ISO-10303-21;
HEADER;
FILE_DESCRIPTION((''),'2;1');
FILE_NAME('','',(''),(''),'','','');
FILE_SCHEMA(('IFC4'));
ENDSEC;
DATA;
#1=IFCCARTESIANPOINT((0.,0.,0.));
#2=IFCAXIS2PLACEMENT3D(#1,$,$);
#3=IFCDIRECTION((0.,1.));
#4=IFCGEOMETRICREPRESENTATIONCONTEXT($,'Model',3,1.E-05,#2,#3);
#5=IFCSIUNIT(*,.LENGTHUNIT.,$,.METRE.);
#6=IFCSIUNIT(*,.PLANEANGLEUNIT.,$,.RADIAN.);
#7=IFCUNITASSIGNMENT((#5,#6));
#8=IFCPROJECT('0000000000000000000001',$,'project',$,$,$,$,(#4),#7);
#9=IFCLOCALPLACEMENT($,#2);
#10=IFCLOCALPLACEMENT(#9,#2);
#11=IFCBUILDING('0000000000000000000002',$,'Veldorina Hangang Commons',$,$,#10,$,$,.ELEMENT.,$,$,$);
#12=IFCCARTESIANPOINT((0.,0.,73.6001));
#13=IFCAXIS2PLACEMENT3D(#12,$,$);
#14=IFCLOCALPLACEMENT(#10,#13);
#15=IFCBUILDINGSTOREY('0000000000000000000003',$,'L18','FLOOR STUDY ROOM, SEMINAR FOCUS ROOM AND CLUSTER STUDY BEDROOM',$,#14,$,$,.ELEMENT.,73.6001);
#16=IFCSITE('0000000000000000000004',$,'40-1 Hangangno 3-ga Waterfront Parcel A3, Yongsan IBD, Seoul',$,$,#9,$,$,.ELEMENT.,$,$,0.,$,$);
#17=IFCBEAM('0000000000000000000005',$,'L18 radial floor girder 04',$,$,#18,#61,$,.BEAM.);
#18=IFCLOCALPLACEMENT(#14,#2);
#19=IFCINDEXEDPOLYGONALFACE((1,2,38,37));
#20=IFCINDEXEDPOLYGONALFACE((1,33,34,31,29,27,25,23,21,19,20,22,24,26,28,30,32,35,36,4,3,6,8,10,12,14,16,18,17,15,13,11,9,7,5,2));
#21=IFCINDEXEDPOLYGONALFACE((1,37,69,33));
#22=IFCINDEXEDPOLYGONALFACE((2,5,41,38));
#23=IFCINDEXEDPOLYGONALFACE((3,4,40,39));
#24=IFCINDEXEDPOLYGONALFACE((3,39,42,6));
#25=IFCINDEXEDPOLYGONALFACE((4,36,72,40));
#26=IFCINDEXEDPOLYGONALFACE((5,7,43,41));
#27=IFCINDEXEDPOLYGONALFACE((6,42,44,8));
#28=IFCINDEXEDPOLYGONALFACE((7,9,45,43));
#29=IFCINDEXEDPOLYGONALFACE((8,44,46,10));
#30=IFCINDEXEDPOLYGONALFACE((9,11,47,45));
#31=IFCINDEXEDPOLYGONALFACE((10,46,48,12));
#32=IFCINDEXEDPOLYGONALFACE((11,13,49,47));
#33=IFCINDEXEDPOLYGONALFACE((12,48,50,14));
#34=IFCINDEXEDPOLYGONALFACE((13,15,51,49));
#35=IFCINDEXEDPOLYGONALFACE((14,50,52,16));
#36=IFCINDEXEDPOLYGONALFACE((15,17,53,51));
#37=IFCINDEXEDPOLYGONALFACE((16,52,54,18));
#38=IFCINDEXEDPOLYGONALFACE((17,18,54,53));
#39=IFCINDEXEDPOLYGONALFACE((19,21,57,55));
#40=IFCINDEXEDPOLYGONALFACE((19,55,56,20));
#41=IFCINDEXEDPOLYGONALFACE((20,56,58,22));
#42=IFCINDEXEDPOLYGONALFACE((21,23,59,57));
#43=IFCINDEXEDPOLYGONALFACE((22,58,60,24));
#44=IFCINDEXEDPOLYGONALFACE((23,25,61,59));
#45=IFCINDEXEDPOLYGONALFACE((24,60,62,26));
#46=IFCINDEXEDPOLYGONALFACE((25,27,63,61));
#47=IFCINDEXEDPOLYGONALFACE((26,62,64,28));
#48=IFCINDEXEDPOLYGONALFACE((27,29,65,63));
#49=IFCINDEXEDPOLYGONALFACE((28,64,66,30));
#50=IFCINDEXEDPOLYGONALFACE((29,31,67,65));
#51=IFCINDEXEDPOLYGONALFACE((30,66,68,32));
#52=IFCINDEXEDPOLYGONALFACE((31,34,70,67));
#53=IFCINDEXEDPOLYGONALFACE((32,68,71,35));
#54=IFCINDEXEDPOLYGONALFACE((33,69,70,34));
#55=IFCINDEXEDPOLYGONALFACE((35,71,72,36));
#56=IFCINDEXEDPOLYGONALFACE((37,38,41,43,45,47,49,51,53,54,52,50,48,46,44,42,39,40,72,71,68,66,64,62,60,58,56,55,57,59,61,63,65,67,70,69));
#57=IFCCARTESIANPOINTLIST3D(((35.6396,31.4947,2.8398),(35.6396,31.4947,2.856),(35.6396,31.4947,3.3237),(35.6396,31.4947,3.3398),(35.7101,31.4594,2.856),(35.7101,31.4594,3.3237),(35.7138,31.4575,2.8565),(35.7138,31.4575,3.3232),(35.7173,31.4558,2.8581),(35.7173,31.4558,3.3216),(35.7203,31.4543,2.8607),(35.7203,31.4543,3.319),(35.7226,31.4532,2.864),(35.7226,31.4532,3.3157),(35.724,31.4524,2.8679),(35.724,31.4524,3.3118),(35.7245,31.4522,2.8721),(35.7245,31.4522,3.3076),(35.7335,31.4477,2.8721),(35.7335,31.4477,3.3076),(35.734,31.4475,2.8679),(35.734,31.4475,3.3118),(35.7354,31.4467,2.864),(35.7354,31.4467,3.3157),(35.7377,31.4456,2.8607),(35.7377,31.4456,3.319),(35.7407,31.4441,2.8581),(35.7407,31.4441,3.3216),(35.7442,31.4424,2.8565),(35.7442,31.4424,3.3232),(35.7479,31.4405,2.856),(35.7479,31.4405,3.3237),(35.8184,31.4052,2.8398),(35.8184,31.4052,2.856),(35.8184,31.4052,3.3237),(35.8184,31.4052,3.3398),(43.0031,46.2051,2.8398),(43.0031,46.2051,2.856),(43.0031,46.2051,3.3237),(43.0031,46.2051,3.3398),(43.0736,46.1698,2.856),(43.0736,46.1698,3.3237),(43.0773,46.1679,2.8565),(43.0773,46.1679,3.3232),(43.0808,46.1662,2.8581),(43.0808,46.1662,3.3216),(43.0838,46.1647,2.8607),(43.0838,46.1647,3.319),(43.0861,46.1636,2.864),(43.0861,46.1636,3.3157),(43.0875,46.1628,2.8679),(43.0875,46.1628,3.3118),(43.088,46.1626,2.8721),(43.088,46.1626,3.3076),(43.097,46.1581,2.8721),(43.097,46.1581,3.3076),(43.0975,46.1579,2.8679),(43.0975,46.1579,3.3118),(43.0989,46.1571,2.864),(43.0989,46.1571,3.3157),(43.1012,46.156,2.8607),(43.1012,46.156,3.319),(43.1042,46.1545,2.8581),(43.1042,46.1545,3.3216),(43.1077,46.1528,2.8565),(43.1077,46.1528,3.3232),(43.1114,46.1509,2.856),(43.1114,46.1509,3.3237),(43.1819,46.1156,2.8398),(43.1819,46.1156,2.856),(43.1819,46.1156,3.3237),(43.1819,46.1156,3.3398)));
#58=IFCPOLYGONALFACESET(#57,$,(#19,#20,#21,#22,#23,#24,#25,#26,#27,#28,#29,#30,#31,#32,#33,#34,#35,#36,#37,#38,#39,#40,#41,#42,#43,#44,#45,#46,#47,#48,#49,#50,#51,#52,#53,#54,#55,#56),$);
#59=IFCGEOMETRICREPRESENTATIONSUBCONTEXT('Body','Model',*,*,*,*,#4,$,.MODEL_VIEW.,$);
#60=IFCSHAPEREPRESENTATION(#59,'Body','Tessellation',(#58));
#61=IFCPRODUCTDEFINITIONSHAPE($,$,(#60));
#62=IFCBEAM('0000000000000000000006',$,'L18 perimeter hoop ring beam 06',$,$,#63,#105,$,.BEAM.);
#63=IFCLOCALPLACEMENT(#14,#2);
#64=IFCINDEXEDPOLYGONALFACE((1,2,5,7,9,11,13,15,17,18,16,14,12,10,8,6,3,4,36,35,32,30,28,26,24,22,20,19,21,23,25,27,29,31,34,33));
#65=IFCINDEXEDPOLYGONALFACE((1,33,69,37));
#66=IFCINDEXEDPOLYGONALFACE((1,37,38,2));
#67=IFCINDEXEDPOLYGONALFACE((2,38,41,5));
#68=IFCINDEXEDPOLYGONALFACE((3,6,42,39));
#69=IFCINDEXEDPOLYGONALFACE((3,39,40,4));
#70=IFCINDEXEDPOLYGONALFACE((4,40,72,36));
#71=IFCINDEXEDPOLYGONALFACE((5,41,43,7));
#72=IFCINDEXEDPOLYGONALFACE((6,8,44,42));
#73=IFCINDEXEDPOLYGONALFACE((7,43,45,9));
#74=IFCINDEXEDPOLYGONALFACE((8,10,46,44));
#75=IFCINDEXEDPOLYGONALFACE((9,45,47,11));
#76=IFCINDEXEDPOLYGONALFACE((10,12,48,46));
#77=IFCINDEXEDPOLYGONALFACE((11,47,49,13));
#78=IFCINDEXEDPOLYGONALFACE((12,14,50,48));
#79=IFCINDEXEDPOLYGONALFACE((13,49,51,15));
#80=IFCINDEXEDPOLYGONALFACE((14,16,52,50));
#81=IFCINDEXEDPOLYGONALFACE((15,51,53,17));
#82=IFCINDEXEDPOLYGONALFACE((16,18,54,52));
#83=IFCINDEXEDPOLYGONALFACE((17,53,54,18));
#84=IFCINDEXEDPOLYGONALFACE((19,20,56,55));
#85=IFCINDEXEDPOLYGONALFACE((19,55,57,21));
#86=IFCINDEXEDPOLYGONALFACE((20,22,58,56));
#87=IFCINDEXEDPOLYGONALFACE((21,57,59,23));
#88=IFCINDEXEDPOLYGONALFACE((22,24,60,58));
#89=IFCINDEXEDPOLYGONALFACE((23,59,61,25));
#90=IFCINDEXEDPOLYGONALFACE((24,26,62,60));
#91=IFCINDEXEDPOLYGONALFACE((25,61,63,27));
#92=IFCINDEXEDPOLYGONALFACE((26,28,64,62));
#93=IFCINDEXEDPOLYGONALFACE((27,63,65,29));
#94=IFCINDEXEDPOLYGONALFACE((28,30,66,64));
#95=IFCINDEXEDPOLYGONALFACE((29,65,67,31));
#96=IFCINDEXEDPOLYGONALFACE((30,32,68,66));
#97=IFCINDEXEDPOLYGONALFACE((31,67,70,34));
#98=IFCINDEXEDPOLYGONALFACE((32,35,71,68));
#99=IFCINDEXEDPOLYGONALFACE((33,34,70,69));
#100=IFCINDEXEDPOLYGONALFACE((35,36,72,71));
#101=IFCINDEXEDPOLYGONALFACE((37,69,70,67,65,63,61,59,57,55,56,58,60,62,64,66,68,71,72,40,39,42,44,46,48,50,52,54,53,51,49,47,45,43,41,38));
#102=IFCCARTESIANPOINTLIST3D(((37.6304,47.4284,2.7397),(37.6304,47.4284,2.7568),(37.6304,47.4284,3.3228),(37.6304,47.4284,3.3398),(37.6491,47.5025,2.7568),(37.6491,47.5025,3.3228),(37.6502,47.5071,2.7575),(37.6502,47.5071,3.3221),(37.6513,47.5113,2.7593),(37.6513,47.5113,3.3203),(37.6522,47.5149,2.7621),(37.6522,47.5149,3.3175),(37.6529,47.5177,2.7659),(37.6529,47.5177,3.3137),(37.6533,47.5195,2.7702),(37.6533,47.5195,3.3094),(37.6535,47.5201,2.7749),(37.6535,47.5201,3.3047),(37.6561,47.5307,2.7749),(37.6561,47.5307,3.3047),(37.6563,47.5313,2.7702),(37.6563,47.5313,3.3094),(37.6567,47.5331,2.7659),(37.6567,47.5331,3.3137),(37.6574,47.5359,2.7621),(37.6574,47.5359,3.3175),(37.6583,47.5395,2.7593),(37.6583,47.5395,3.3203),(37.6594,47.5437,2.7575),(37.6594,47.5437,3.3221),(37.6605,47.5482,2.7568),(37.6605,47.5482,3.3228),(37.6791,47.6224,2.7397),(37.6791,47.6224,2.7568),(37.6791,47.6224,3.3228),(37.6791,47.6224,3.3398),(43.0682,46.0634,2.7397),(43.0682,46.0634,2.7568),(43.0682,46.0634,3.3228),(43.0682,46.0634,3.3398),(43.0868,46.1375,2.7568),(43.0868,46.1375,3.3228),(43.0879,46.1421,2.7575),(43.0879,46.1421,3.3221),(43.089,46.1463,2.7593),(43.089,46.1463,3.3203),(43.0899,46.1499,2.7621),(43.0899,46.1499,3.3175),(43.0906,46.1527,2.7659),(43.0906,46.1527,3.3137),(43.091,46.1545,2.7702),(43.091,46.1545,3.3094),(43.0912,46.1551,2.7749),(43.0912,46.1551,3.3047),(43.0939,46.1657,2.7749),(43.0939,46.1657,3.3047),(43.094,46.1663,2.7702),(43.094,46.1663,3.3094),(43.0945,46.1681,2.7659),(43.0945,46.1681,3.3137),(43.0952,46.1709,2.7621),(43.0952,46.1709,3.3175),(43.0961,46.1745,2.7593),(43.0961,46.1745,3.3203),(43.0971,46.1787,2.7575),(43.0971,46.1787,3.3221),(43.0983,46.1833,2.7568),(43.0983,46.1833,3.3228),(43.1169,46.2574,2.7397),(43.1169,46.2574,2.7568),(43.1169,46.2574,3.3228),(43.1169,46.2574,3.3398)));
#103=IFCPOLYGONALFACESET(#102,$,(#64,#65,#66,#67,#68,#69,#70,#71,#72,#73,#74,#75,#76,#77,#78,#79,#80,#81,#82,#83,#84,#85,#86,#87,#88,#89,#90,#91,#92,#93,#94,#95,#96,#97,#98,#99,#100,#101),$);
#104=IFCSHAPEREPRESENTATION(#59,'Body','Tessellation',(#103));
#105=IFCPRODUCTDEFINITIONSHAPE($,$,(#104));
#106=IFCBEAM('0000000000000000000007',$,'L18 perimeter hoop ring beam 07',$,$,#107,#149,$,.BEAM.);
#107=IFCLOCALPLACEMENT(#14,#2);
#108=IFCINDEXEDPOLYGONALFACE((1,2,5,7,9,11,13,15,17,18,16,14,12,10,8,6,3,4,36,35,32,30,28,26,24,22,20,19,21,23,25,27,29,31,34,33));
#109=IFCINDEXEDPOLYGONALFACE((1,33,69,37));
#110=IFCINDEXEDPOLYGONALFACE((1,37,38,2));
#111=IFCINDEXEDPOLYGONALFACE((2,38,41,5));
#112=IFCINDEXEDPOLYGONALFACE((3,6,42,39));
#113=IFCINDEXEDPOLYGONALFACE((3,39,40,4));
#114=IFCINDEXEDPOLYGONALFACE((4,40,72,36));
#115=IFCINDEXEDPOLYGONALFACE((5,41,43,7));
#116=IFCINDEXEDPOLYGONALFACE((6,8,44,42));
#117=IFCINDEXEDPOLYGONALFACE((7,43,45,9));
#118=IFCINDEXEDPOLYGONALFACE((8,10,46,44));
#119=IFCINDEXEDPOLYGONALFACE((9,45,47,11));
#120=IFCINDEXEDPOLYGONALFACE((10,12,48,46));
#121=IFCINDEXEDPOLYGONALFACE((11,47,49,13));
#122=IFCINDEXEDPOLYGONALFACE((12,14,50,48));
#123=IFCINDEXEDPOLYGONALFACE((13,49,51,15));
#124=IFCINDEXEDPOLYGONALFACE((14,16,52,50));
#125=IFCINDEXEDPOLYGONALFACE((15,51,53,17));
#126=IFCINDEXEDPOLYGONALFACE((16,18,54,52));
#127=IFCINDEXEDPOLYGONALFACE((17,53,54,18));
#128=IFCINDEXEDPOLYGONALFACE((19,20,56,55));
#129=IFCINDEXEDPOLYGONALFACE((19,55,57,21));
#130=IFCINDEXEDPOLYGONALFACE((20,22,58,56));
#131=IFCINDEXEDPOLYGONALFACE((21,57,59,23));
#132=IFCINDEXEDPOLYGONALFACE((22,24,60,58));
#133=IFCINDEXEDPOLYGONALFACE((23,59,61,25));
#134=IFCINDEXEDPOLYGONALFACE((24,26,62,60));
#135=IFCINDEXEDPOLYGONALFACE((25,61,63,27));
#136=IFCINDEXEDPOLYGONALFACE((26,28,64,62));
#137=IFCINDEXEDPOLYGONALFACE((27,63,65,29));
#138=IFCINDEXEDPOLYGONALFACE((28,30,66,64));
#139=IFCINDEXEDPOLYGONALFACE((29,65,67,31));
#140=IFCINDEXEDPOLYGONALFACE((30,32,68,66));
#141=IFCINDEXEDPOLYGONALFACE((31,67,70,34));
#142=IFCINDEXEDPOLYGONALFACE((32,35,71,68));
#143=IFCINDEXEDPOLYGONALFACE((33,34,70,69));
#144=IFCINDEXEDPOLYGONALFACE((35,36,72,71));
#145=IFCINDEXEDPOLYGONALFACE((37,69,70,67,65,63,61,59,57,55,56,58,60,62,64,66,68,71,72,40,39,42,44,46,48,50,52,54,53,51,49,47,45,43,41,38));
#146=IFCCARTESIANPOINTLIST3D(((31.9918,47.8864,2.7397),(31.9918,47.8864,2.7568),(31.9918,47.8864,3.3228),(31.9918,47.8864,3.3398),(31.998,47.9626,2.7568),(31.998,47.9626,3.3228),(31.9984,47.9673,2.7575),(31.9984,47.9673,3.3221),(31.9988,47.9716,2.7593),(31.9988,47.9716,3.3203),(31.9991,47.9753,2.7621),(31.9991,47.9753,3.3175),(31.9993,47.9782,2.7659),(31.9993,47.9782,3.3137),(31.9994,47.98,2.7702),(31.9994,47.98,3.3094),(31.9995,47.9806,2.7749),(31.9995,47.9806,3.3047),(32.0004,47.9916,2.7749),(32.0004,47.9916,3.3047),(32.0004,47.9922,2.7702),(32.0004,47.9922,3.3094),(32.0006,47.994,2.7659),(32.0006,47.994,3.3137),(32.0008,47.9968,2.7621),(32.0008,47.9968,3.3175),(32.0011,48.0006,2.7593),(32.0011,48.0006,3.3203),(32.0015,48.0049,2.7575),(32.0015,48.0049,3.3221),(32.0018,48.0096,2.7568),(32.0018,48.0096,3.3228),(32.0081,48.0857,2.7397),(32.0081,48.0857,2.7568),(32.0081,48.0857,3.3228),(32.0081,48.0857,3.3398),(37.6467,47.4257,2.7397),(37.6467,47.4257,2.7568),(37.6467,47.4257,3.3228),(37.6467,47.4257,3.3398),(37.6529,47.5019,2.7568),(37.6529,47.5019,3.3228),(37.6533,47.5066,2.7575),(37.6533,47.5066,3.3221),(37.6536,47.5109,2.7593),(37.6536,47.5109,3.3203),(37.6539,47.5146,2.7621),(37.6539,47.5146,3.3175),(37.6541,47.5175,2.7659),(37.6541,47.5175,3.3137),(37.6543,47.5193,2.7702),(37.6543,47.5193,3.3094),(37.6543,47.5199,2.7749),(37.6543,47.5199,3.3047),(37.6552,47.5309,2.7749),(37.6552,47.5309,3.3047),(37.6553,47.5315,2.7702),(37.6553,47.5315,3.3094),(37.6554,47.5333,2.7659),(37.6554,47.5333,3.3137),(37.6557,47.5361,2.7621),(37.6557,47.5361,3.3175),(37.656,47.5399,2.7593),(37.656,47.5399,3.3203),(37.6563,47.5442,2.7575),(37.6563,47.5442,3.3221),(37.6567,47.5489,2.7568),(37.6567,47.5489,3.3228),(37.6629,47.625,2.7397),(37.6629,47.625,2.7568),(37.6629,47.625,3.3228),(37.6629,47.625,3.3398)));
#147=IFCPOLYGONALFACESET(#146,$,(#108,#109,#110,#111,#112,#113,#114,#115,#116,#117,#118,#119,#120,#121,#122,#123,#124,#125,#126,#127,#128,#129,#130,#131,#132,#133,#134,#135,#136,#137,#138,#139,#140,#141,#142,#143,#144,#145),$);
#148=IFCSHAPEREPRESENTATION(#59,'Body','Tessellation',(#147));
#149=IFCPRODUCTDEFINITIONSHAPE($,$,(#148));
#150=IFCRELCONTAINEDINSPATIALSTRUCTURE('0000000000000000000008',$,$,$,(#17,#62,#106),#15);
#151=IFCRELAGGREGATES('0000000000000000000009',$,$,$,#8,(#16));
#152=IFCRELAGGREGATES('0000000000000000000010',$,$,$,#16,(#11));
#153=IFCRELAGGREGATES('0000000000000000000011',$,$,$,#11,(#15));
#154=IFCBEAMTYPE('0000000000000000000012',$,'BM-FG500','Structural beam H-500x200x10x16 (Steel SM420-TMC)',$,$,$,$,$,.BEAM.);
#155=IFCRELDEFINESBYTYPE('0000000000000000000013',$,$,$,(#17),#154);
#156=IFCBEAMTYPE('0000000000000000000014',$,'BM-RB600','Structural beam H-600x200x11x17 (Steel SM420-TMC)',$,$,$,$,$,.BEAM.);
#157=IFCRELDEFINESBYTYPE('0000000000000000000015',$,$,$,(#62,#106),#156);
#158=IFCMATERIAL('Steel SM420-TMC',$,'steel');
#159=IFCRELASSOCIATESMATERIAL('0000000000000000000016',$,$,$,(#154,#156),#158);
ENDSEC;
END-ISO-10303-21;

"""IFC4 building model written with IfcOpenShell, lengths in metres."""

from ifc_helpers import new_model, si_unit, direction, frame, origin, origin_2d, place, context, subcontext, project, spatial, i_section, extrude, material, material_profile, profile_set, type_object, element, save


model = new_model("IFC4")

# Units and contexts
model_context = context("Model", 3, precision=1e-05, world=origin(), true_north=direction((0.0, 1.0)))
body_context = subcontext(model_context, "Body", "Model", "MODEL_VIEW")
ifc_project = project(units=[si_unit("LENGTHUNIT", "METRE"), si_unit("PLANEANGLEUNIT", "RADIAN")], contexts=[model_context])

# Site, building, storey
site_placement = place(None, origin())
site = spatial("IfcSite", under=ifc_project, at=site_placement, Name="40-1 Hangangno 3-ga Waterfront Parcel A3, Yongsan IBD, Seoul", CompositionType="ELEMENT", RefElevation=0.0)
building_placement = place(site_placement, origin())
building = spatial("IfcBuilding", under=site, at=building_placement, Name="Veldorina Hangang Commons", CompositionType="ELEMENT")
storey_placement = place(building_placement, frame((0.0, 0.0, 73.6001)))
storey = spatial("IfcBuildingStorey", under=building, at=storey_placement, Name="L18", Description="FLOOR STUDY ROOM, SEMINAR FOCUS ROOM AND CLUSTER STUDY BEDROOM", CompositionType="ELEMENT", Elevation=73.6001)

# Beams
ifc_material_1 = material(Name="Steel SM420-TMC", Category="steel")
ifc_material_profile_1 = material_profile(ifc_material_1, i_section(OverallWidth=0.2, OverallDepth=0.5, WebThickness=0.01, FlangeThickness=0.0161, FilletRadius=0.0161, at=origin_2d()), Name="H-500x200x10x16")
ifc_profile_set_1 = profile_set([ifc_material_profile_1], Name="Steel SM420-TMC")
beam_type_1 = type_object("IfcBeamType", Name="BM-FG500", Description="Structural beam H-500x200x10x16 (Steel SM420-TMC)", PredefinedType="BEAM", material=ifc_profile_set_1)
beam_1_placement = place(storey_placement, frame((35.729, 31.45, 3.0898), z_axis=(0.447617, 0.894225, 0.0), x_axis=(-0.894225, 0.447617, 0.0)))
element("IfcBeam", 1, at=beam_1_placement, inside=storey, type_object=beam_type_1, Name="L18 radial floor girder 04", PredefinedType="BEAM", context=body_context, shape_type="SweptSolid", body=[
    extrude(i_section(OverallWidth=0.2, OverallDepth=0.5, WebThickness=0.01, FlangeThickness=0.0161, FilletRadius=0.0161, at=origin_2d()), origin(), (0.0, 0.0, 1.0), 16.4504),
])
ifc_material_profile_2 = material_profile(ifc_material_1, i_section(OverallWidth=0.2, OverallDepth=0.6001, WebThickness=0.011, FlangeThickness=0.0171, FilletRadius=0.0181, at=origin_2d()), Name="H-600x200x11x17")
ifc_profile_set_2 = profile_set([ifc_material_profile_2], Name="Steel SM420-TMC")
beam_type_2 = type_object("IfcBeamType", Name="BM-RB600", Description="Structural beam H-600x200x11x17 (Steel SM420-TMC)", PredefinedType="BEAM", material=ifc_profile_set_2)
beam_2_placement = place(storey_placement, frame((43.0925, 46.1604, 3.0398), z_axis=(-0.969909, 0.243468, 0.0), x_axis=(-0.243468, -0.969909, 0.0)))
element("IfcBeam", 2, at=beam_2_placement, inside=storey, type_object=beam_type_2, Name="L18 perimeter hoop ring beam 06", PredefinedType="BEAM", context=body_context, shape_type="SweptSolid", body=[
    extrude(i_section(OverallWidth=0.2, OverallDepth=0.6001, WebThickness=0.011, FlangeThickness=0.0171, FilletRadius=0.0181, at=origin_2d()), origin(), (0.0, 0.0, 1.0), 5.6064),
])
beam_3_placement = place(storey_placement, frame((37.6548, 47.5254, 3.0398), z_axis=(-0.996698, 0.081201, 0.0), x_axis=(-0.081201, -0.996698, 0.0)))
element("IfcBeam", 3, at=beam_3_placement, inside=storey, type_object=beam_type_2, Name="L18 perimeter hoop ring beam 07", PredefinedType="BEAM", context=body_context, shape_type="SweptSolid", body=[
    extrude(i_section(OverallWidth=0.2, OverallDepth=0.6001, WebThickness=0.011, FlangeThickness=0.0171, FilletRadius=0.0181, at=origin_2d()), origin(), (0.0, 0.0, 1.0), 5.6736),
])

save(model, "model.ifc")
